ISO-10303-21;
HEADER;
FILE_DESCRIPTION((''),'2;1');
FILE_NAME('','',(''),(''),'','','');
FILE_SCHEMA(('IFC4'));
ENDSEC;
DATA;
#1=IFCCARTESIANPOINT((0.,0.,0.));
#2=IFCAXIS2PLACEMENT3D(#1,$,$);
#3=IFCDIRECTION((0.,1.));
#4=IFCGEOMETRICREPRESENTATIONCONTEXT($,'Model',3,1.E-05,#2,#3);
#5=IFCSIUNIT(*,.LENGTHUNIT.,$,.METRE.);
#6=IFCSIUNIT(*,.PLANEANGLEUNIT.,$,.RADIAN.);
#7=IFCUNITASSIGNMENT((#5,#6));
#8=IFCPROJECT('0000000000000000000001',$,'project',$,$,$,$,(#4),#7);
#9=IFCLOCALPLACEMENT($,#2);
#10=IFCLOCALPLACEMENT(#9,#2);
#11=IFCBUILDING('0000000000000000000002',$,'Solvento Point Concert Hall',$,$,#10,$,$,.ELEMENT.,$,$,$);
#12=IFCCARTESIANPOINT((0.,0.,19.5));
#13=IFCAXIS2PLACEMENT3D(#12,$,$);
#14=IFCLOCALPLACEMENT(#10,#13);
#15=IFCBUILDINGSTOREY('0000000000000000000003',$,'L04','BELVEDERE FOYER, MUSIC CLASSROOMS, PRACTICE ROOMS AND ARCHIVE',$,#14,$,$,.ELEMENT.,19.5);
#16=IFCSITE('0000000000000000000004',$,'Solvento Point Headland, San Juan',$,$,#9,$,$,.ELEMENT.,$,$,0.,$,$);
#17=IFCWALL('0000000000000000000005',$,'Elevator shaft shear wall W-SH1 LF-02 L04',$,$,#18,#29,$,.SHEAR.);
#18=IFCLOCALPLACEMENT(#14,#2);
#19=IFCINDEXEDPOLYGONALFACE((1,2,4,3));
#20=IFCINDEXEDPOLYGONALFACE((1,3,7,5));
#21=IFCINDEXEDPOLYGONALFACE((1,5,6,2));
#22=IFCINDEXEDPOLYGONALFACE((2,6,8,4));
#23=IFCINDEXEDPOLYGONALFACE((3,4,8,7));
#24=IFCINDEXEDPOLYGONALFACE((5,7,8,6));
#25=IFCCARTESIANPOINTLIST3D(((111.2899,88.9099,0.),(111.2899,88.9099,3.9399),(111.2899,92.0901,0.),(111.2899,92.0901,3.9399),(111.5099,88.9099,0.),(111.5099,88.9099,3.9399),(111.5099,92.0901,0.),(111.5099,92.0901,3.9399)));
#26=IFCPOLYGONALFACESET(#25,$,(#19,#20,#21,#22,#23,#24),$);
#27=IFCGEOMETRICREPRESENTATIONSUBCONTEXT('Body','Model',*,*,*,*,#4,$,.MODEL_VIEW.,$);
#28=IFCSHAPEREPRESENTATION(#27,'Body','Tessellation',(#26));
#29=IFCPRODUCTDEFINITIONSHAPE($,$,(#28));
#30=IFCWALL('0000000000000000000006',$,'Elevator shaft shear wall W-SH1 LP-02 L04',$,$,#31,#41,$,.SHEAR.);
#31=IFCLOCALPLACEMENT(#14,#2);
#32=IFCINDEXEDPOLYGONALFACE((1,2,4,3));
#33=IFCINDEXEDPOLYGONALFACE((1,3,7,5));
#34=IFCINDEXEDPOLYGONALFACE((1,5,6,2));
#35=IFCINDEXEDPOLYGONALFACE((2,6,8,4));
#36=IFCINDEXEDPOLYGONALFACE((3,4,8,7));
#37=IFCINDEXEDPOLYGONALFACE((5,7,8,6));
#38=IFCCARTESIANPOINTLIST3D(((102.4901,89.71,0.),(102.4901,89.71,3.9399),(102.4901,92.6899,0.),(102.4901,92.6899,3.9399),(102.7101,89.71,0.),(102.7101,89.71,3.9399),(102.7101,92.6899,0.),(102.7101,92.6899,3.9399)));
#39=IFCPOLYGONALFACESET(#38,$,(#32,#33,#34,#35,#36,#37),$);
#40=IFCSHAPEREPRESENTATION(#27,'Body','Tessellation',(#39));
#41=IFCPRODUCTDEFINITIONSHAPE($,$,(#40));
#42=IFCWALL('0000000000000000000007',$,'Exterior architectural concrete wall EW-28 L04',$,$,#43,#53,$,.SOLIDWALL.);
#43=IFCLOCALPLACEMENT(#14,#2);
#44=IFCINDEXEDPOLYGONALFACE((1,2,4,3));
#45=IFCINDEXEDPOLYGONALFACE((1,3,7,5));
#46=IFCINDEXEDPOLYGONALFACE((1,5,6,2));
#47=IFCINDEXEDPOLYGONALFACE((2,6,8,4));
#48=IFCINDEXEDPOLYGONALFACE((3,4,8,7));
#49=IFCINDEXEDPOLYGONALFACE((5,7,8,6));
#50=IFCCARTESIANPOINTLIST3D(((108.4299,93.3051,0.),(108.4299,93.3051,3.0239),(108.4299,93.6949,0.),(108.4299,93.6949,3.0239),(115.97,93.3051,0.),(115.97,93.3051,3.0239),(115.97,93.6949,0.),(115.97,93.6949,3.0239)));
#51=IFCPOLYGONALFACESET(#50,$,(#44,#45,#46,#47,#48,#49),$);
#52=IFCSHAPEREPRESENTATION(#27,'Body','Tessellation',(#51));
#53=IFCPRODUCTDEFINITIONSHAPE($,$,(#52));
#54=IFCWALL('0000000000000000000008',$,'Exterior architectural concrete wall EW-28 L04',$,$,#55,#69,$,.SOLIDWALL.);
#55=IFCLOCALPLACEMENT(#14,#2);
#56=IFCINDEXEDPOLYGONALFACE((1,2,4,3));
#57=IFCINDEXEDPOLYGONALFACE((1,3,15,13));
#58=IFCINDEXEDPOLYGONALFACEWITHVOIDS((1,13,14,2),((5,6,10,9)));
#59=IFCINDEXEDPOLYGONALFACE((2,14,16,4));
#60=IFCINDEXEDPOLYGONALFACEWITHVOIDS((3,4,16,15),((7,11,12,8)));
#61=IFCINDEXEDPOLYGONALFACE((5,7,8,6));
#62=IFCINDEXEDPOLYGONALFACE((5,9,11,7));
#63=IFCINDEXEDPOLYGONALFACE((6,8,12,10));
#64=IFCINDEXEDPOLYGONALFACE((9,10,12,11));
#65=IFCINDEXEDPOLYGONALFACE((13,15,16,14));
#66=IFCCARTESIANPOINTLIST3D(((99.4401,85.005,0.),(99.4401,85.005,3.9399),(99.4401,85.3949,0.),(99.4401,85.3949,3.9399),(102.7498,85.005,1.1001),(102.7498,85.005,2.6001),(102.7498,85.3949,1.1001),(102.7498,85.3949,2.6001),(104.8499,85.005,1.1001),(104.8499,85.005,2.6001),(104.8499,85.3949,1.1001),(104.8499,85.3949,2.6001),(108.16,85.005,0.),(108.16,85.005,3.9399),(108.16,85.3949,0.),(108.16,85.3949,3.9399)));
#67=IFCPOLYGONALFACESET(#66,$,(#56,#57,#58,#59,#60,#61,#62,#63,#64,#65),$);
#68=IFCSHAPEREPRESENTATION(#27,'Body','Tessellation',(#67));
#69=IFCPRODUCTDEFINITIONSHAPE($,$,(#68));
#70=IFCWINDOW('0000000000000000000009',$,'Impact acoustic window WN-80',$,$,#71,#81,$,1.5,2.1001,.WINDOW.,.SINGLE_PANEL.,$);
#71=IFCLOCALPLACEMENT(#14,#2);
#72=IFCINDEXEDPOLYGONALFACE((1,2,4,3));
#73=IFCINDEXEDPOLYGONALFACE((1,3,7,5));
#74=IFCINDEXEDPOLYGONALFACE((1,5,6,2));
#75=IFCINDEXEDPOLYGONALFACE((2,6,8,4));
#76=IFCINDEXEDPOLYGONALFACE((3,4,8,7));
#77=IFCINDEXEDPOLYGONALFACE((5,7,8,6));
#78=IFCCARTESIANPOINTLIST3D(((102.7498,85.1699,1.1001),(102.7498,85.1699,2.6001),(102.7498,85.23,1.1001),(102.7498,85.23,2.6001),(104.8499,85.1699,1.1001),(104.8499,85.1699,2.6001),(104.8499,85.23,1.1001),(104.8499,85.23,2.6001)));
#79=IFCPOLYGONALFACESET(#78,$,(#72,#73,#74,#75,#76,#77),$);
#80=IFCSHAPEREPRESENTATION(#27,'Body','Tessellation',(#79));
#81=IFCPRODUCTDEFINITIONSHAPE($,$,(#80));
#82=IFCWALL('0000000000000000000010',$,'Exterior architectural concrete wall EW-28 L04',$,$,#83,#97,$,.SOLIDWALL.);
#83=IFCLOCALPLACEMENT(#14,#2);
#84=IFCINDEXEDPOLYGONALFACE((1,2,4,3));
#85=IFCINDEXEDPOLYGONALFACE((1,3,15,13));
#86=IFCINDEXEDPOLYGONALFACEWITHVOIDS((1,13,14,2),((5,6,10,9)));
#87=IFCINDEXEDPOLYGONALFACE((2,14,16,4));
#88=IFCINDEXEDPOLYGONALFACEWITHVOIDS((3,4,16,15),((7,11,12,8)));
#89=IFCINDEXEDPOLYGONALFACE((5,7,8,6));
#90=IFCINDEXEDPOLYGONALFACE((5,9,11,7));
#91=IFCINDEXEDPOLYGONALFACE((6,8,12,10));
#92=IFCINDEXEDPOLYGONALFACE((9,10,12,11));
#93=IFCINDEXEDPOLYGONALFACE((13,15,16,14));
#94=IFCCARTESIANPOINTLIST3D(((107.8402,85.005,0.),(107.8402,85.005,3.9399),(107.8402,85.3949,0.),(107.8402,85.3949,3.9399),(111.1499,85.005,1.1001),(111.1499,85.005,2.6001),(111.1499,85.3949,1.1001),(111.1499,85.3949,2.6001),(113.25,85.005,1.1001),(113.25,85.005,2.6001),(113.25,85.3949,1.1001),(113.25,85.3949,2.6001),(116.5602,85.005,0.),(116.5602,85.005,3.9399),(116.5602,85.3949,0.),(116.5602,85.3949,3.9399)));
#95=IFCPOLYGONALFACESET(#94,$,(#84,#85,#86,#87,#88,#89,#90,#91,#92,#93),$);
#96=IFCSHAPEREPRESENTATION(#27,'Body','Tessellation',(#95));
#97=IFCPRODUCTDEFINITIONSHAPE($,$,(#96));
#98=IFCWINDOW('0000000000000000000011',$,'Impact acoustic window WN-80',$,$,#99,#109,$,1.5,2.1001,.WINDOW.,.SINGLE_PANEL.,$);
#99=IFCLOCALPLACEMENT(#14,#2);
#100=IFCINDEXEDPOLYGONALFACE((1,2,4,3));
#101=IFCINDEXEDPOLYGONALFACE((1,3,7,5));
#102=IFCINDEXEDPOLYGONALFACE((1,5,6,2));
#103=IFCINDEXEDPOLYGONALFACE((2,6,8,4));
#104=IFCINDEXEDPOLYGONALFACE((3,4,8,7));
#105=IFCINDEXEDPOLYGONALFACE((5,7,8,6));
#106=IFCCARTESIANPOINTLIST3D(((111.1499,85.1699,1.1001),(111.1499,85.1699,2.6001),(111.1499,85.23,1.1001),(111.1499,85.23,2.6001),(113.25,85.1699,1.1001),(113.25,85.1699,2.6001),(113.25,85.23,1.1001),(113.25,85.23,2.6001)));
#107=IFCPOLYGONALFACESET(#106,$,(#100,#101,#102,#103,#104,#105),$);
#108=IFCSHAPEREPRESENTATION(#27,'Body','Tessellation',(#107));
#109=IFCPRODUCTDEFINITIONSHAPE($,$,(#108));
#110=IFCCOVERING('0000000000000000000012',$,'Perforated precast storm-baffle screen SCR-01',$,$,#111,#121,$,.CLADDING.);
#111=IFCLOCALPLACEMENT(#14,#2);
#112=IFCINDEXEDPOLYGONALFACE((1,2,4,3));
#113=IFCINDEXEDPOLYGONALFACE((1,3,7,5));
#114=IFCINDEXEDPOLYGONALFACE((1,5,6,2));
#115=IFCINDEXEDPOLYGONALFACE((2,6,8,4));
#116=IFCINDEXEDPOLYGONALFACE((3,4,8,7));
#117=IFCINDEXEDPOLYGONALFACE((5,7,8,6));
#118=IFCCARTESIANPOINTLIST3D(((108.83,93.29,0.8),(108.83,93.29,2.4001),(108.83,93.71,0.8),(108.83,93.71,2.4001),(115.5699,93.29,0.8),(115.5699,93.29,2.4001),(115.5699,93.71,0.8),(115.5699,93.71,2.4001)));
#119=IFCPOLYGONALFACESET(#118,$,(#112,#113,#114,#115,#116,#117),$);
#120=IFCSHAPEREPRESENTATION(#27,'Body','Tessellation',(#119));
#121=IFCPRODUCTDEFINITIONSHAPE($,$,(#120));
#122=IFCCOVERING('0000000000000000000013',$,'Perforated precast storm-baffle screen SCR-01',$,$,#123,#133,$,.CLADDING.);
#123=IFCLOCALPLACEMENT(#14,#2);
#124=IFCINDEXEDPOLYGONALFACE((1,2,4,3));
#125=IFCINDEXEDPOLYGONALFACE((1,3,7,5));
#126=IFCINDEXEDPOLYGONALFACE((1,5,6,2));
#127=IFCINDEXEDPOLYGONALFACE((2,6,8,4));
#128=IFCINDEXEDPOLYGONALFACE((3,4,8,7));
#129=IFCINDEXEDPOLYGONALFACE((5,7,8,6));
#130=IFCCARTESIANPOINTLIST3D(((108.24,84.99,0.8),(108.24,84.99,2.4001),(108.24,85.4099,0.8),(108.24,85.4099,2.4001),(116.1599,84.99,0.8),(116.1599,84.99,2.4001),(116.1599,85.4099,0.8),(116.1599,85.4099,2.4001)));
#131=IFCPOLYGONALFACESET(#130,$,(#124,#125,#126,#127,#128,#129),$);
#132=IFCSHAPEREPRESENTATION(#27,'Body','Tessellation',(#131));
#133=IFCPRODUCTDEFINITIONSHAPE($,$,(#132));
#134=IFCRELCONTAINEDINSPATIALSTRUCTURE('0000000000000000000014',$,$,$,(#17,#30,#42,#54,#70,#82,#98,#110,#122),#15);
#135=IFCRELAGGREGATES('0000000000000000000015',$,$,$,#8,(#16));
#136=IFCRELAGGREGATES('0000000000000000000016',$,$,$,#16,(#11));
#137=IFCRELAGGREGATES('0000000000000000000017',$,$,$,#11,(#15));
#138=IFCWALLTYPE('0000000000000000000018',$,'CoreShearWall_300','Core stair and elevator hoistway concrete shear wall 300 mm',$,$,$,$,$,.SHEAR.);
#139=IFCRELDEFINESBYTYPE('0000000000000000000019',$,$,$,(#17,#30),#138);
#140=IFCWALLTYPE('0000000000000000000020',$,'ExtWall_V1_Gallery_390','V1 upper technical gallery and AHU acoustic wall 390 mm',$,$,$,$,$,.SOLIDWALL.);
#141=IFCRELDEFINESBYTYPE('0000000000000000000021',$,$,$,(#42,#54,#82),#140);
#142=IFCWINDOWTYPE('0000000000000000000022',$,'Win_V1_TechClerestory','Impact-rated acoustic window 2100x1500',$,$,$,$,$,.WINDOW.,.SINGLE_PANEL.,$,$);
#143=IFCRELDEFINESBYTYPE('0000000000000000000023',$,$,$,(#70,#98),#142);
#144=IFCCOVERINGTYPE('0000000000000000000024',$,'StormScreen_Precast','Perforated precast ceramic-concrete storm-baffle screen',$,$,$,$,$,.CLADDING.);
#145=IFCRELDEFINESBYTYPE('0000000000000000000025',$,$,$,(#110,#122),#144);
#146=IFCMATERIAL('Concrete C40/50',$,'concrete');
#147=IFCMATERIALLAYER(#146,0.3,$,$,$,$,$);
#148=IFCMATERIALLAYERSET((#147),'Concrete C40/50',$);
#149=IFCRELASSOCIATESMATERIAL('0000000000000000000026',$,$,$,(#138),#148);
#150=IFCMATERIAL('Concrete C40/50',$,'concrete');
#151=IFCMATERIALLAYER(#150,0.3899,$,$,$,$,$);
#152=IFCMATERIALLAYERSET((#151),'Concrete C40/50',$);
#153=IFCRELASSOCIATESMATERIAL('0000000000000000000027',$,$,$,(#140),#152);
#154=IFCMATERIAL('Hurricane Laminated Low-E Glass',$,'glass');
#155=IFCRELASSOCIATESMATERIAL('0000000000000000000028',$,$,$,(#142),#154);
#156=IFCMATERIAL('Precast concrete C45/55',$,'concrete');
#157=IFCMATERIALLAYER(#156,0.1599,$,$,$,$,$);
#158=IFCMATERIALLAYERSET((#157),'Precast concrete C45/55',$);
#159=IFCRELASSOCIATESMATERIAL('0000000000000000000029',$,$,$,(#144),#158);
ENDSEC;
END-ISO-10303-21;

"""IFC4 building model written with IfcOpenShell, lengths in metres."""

from ifc_helpers import new_model, si_unit, direction, frame, frame_2d, origin, origin_2d, place, context, subcontext, project, spatial, rectangle, extrude, material, layer, layer_set, type_object, element, fill, save


model = new_model("IFC4")

# Units and contexts
model_context = context("Model", 3, precision=1e-05, world=origin(), true_north=direction((0.0, 1.0)))
body_context = subcontext(model_context, "Body", "Model", "MODEL_VIEW")
ifc_project = project(units=[si_unit("LENGTHUNIT", "METRE"), si_unit("PLANEANGLEUNIT", "RADIAN")], contexts=[model_context])

# Site, building, storey
site_placement = place(None, origin())
site = spatial("IfcSite", under=ifc_project, at=site_placement, Name="Solvento Point Headland, San Juan", CompositionType="ELEMENT", RefElevation=0.0)
building_placement = place(site_placement, origin())
building = spatial("IfcBuilding", under=site, at=building_placement, Name="Solvento Point Concert Hall", CompositionType="ELEMENT")
storey_placement = place(building_placement, frame((0.0, 0.0, 19.5)))
storey = spatial("IfcBuildingStorey", under=building, at=storey_placement, Name="L04", Description="BELVEDERE FOYER, MUSIC CLASSROOMS, PRACTICE ROOMS AND ARCHIVE", CompositionType="ELEMENT", Elevation=19.5)

# Shared definitions
ifc_material_1 = material(Name="Concrete C40/50", Category="concrete")
ifc_layer_1 = layer(ifc_material_1, 0.3)
ifc_layer_set_1 = layer_set([ifc_layer_1], Name="Concrete C40/50")
wall_type_1 = type_object("IfcWallType", Name="CoreShearWall_300", Description="Core stair and elevator hoistway concrete shear wall 300 mm", PredefinedType="SHEAR", material=ifc_layer_set_1)

# Walls
wall_1_placement = place(storey_placement, frame((111.3999, 88.9099, 0.0), z_axis=(0.0, 0.0, 1.0), x_axis=(0.0, 1.0, 0.0)))
element("IfcWall", 1, at=wall_1_placement, inside=storey, type_object=wall_type_1, Name="Elevator shaft shear wall W-SH1 LF-02 L04", PredefinedType="SHEAR", context=body_context, shape_type="SweptSolid", body=[
    extrude(rectangle(XDim=3.1802, YDim=0.22, at=frame_2d((1.5901, 0.0))), origin(), (0.0, 0.0, 1.0), 3.9399),
])
wall_2_placement = place(storey_placement, frame((102.6001, 89.71, 0.0), z_axis=(0.0, 0.0, 1.0), x_axis=(0.0, 1.0, 0.0)))
element("IfcWall", 2, at=wall_2_placement, inside=storey, type_object=wall_type_1, Name="Elevator shaft shear wall W-SH1 LP-02 L04", PredefinedType="SHEAR", context=body_context, shape_type="SweptSolid", body=[
    extrude(rectangle(XDim=2.98, YDim=0.22, at=frame_2d((1.49, 0.0))), origin(), (0.0, 0.0, 1.0), 3.9399),
])
ifc_material_2 = material(Name="Concrete C40/50", Category="concrete")
ifc_layer_2 = layer(ifc_material_2, 0.3899)
ifc_layer_set_2 = layer_set([ifc_layer_2], Name="Concrete C40/50")
wall_type_2 = type_object("IfcWallType", Name="ExtWall_V1_Gallery_390", Description="V1 upper technical gallery and AHU acoustic wall 390 mm", PredefinedType="SOLIDWALL", material=ifc_layer_set_2)
wall_3_placement = place(storey_placement, frame((108.4299, 93.5, 0.0), z_axis=(0.0, 0.0, 1.0), x_axis=(1.0, 0.0, 0.0)))
element("IfcWall", 3, at=wall_3_placement, inside=storey, type_object=wall_type_2, Name="Exterior architectural concrete wall EW-28 L04", PredefinedType="SOLIDWALL", context=body_context, shape_type="SweptSolid", body=[
    extrude(rectangle(XDim=7.54, YDim=0.3899, at=frame_2d((3.77, 0.0))), origin(), (0.0, 0.0, 1.0), 3.0239),
])

# Walls, openings, windows
wall_4_placement = place(storey_placement, frame((108.1599, 85.2, 0.0), z_axis=(0.0, 0.0, 1.0), x_axis=(-1.0, 0.0, 0.0)))
wall_4 = element("IfcWall", 4, at=wall_4_placement, inside=storey, type_object=wall_type_2, Name="Exterior architectural concrete wall EW-28 L04", PredefinedType="SOLIDWALL", context=body_context, shape_type="SweptSolid", body=[
    extrude(rectangle(XDim=8.72, YDim=0.3899, at=frame_2d((4.3599, 0.0))), origin(), (0.0, 0.0, 1.0), 3.9399),
])
opening_1_placement = place(wall_4_placement, frame((3.3101, 0.0, 1.1001)))
opening_1 = element("IfcOpeningElement", 5, at=opening_1_placement, cuts=wall_4, PredefinedType="OPENING", context=body_context, shape_type="SweptSolid", body=[
    extrude(rectangle(XDim=2.1001, YDim=1.5, at=frame_2d((1.05, 0.75))), frame((0.0, 0.2048, 0.0), z_axis=(0.0, -1.0, 0.0), x_axis=(1.0, 0.0, 0.0)), (0.0, 0.0, 1.0), 0.4099),
])
ifc_material_3 = material(Name="Hurricane Laminated Low-E Glass", Category="glass")
window_type = type_object("IfcWindowType", Name="Win_V1_TechClerestory", Description="Impact-rated acoustic window 2100x1500", PartitioningType="SINGLE_PANEL", PredefinedType="WINDOW", material=ifc_material_3)
window_1_placement = place(opening_1_placement, origin())
window_1 = element("IfcWindow", 6, at=window_1_placement, inside=storey, type_object=window_type, Name="Impact acoustic window WN-80", OverallHeight=1.5, OverallWidth=2.1001, PartitioningType="SINGLE_PANEL", PredefinedType="WINDOW", context=body_context, shape_type="SweptSolid", body=[
    extrude(rectangle(XDim=2.1001, YDim=1.5, at=frame_2d((1.05, 0.75))), frame((0.0, 0.03, 0.0), z_axis=(0.0, -1.0, 0.0), x_axis=(1.0, 0.0, 0.0)), (0.0, 0.0, 1.0), 0.0601),
])
fill(opening_1, window_1)
wall_5_placement = place(storey_placement, frame((116.5601, 85.2, 0.0), z_axis=(0.0, 0.0, 1.0), x_axis=(-1.0, 0.0, 0.0)))
wall_5 = element("IfcWall", 7, at=wall_5_placement, inside=storey, type_object=wall_type_2, Name="Exterior architectural concrete wall EW-28 L04", PredefinedType="SOLIDWALL", context=body_context, shape_type="SweptSolid", body=[
    extrude(rectangle(XDim=8.72, YDim=0.3899, at=frame_2d((4.3599, 0.0))), origin(), (0.0, 0.0, 1.0), 3.9399),
])
opening_2_placement = place(wall_5_placement, frame((3.3101, 0.0, 1.1001)))
opening_2 = element("IfcOpeningElement", 8, at=opening_2_placement, cuts=wall_5, PredefinedType="OPENING", context=body_context, shape_type="SweptSolid", body=[
    extrude(rectangle(XDim=2.1001, YDim=1.5, at=frame_2d((1.05, 0.75))), frame((0.0, 0.2048, 0.0), z_axis=(0.0, -1.0, 0.0), x_axis=(1.0, 0.0, 0.0)), (0.0, 0.0, 1.0), 0.4099),
])
window_2_placement = place(opening_2_placement, origin())
window_2 = element("IfcWindow", 9, at=window_2_placement, inside=storey, type_object=window_type, Name="Impact acoustic window WN-80", OverallHeight=1.5, OverallWidth=2.1001, PartitioningType="SINGLE_PANEL", PredefinedType="WINDOW", context=body_context, shape_type="SweptSolid", body=[
    extrude(rectangle(XDim=2.1001, YDim=1.5, at=frame_2d((1.05, 0.75))), frame((0.0, 0.03, 0.0), z_axis=(0.0, -1.0, 0.0), x_axis=(1.0, 0.0, 0.0)), (0.0, 0.0, 1.0), 0.0601),
])
fill(opening_2, window_2)

# Coverings
ifc_material_4 = material(Name="Precast concrete C45/55", Category="concrete")
ifc_layer_3 = layer(ifc_material_4, 0.1599)
ifc_layer_set_3 = layer_set([ifc_layer_3], Name="Precast concrete C45/55")
covering_type = type_object("IfcCoveringType", Name="StormScreen_Precast", Description="Perforated precast ceramic-concrete storm-baffle screen", PredefinedType="CLADDING", material=ifc_layer_set_3)
covering_1_placement = place(storey_placement, frame((112.2, 93.5, 0.8), z_axis=(0.0, 0.0, 1.0), x_axis=(1.0, 0.0, 0.0)))
element("IfcCovering", 10, at=covering_1_placement, inside=storey, type_object=covering_type, Name="Perforated precast storm-baffle screen SCR-01", PredefinedType="CLADDING", context=body_context, shape_type="SweptSolid", body=[
    extrude(rectangle(XDim=6.74, YDim=0.4199, at=origin_2d()), origin(), (0.0, 0.0, 1.0), 1.6001),
])
covering_2_placement = place(storey_placement, frame((112.2, 85.2, 0.8), z_axis=(0.0, 0.0, 1.0), x_axis=(-1.0, 0.0, 0.0)))
element("IfcCovering", 11, at=covering_2_placement, inside=storey, type_object=covering_type, Name="Perforated precast storm-baffle screen SCR-01", PredefinedType="CLADDING", context=body_context, shape_type="SweptSolid", body=[
    extrude(rectangle(XDim=7.9199, YDim=0.4199, at=origin_2d()), origin(), (0.0, 0.0, 1.0), 1.6001),
])

save(model, "model.ifc")
